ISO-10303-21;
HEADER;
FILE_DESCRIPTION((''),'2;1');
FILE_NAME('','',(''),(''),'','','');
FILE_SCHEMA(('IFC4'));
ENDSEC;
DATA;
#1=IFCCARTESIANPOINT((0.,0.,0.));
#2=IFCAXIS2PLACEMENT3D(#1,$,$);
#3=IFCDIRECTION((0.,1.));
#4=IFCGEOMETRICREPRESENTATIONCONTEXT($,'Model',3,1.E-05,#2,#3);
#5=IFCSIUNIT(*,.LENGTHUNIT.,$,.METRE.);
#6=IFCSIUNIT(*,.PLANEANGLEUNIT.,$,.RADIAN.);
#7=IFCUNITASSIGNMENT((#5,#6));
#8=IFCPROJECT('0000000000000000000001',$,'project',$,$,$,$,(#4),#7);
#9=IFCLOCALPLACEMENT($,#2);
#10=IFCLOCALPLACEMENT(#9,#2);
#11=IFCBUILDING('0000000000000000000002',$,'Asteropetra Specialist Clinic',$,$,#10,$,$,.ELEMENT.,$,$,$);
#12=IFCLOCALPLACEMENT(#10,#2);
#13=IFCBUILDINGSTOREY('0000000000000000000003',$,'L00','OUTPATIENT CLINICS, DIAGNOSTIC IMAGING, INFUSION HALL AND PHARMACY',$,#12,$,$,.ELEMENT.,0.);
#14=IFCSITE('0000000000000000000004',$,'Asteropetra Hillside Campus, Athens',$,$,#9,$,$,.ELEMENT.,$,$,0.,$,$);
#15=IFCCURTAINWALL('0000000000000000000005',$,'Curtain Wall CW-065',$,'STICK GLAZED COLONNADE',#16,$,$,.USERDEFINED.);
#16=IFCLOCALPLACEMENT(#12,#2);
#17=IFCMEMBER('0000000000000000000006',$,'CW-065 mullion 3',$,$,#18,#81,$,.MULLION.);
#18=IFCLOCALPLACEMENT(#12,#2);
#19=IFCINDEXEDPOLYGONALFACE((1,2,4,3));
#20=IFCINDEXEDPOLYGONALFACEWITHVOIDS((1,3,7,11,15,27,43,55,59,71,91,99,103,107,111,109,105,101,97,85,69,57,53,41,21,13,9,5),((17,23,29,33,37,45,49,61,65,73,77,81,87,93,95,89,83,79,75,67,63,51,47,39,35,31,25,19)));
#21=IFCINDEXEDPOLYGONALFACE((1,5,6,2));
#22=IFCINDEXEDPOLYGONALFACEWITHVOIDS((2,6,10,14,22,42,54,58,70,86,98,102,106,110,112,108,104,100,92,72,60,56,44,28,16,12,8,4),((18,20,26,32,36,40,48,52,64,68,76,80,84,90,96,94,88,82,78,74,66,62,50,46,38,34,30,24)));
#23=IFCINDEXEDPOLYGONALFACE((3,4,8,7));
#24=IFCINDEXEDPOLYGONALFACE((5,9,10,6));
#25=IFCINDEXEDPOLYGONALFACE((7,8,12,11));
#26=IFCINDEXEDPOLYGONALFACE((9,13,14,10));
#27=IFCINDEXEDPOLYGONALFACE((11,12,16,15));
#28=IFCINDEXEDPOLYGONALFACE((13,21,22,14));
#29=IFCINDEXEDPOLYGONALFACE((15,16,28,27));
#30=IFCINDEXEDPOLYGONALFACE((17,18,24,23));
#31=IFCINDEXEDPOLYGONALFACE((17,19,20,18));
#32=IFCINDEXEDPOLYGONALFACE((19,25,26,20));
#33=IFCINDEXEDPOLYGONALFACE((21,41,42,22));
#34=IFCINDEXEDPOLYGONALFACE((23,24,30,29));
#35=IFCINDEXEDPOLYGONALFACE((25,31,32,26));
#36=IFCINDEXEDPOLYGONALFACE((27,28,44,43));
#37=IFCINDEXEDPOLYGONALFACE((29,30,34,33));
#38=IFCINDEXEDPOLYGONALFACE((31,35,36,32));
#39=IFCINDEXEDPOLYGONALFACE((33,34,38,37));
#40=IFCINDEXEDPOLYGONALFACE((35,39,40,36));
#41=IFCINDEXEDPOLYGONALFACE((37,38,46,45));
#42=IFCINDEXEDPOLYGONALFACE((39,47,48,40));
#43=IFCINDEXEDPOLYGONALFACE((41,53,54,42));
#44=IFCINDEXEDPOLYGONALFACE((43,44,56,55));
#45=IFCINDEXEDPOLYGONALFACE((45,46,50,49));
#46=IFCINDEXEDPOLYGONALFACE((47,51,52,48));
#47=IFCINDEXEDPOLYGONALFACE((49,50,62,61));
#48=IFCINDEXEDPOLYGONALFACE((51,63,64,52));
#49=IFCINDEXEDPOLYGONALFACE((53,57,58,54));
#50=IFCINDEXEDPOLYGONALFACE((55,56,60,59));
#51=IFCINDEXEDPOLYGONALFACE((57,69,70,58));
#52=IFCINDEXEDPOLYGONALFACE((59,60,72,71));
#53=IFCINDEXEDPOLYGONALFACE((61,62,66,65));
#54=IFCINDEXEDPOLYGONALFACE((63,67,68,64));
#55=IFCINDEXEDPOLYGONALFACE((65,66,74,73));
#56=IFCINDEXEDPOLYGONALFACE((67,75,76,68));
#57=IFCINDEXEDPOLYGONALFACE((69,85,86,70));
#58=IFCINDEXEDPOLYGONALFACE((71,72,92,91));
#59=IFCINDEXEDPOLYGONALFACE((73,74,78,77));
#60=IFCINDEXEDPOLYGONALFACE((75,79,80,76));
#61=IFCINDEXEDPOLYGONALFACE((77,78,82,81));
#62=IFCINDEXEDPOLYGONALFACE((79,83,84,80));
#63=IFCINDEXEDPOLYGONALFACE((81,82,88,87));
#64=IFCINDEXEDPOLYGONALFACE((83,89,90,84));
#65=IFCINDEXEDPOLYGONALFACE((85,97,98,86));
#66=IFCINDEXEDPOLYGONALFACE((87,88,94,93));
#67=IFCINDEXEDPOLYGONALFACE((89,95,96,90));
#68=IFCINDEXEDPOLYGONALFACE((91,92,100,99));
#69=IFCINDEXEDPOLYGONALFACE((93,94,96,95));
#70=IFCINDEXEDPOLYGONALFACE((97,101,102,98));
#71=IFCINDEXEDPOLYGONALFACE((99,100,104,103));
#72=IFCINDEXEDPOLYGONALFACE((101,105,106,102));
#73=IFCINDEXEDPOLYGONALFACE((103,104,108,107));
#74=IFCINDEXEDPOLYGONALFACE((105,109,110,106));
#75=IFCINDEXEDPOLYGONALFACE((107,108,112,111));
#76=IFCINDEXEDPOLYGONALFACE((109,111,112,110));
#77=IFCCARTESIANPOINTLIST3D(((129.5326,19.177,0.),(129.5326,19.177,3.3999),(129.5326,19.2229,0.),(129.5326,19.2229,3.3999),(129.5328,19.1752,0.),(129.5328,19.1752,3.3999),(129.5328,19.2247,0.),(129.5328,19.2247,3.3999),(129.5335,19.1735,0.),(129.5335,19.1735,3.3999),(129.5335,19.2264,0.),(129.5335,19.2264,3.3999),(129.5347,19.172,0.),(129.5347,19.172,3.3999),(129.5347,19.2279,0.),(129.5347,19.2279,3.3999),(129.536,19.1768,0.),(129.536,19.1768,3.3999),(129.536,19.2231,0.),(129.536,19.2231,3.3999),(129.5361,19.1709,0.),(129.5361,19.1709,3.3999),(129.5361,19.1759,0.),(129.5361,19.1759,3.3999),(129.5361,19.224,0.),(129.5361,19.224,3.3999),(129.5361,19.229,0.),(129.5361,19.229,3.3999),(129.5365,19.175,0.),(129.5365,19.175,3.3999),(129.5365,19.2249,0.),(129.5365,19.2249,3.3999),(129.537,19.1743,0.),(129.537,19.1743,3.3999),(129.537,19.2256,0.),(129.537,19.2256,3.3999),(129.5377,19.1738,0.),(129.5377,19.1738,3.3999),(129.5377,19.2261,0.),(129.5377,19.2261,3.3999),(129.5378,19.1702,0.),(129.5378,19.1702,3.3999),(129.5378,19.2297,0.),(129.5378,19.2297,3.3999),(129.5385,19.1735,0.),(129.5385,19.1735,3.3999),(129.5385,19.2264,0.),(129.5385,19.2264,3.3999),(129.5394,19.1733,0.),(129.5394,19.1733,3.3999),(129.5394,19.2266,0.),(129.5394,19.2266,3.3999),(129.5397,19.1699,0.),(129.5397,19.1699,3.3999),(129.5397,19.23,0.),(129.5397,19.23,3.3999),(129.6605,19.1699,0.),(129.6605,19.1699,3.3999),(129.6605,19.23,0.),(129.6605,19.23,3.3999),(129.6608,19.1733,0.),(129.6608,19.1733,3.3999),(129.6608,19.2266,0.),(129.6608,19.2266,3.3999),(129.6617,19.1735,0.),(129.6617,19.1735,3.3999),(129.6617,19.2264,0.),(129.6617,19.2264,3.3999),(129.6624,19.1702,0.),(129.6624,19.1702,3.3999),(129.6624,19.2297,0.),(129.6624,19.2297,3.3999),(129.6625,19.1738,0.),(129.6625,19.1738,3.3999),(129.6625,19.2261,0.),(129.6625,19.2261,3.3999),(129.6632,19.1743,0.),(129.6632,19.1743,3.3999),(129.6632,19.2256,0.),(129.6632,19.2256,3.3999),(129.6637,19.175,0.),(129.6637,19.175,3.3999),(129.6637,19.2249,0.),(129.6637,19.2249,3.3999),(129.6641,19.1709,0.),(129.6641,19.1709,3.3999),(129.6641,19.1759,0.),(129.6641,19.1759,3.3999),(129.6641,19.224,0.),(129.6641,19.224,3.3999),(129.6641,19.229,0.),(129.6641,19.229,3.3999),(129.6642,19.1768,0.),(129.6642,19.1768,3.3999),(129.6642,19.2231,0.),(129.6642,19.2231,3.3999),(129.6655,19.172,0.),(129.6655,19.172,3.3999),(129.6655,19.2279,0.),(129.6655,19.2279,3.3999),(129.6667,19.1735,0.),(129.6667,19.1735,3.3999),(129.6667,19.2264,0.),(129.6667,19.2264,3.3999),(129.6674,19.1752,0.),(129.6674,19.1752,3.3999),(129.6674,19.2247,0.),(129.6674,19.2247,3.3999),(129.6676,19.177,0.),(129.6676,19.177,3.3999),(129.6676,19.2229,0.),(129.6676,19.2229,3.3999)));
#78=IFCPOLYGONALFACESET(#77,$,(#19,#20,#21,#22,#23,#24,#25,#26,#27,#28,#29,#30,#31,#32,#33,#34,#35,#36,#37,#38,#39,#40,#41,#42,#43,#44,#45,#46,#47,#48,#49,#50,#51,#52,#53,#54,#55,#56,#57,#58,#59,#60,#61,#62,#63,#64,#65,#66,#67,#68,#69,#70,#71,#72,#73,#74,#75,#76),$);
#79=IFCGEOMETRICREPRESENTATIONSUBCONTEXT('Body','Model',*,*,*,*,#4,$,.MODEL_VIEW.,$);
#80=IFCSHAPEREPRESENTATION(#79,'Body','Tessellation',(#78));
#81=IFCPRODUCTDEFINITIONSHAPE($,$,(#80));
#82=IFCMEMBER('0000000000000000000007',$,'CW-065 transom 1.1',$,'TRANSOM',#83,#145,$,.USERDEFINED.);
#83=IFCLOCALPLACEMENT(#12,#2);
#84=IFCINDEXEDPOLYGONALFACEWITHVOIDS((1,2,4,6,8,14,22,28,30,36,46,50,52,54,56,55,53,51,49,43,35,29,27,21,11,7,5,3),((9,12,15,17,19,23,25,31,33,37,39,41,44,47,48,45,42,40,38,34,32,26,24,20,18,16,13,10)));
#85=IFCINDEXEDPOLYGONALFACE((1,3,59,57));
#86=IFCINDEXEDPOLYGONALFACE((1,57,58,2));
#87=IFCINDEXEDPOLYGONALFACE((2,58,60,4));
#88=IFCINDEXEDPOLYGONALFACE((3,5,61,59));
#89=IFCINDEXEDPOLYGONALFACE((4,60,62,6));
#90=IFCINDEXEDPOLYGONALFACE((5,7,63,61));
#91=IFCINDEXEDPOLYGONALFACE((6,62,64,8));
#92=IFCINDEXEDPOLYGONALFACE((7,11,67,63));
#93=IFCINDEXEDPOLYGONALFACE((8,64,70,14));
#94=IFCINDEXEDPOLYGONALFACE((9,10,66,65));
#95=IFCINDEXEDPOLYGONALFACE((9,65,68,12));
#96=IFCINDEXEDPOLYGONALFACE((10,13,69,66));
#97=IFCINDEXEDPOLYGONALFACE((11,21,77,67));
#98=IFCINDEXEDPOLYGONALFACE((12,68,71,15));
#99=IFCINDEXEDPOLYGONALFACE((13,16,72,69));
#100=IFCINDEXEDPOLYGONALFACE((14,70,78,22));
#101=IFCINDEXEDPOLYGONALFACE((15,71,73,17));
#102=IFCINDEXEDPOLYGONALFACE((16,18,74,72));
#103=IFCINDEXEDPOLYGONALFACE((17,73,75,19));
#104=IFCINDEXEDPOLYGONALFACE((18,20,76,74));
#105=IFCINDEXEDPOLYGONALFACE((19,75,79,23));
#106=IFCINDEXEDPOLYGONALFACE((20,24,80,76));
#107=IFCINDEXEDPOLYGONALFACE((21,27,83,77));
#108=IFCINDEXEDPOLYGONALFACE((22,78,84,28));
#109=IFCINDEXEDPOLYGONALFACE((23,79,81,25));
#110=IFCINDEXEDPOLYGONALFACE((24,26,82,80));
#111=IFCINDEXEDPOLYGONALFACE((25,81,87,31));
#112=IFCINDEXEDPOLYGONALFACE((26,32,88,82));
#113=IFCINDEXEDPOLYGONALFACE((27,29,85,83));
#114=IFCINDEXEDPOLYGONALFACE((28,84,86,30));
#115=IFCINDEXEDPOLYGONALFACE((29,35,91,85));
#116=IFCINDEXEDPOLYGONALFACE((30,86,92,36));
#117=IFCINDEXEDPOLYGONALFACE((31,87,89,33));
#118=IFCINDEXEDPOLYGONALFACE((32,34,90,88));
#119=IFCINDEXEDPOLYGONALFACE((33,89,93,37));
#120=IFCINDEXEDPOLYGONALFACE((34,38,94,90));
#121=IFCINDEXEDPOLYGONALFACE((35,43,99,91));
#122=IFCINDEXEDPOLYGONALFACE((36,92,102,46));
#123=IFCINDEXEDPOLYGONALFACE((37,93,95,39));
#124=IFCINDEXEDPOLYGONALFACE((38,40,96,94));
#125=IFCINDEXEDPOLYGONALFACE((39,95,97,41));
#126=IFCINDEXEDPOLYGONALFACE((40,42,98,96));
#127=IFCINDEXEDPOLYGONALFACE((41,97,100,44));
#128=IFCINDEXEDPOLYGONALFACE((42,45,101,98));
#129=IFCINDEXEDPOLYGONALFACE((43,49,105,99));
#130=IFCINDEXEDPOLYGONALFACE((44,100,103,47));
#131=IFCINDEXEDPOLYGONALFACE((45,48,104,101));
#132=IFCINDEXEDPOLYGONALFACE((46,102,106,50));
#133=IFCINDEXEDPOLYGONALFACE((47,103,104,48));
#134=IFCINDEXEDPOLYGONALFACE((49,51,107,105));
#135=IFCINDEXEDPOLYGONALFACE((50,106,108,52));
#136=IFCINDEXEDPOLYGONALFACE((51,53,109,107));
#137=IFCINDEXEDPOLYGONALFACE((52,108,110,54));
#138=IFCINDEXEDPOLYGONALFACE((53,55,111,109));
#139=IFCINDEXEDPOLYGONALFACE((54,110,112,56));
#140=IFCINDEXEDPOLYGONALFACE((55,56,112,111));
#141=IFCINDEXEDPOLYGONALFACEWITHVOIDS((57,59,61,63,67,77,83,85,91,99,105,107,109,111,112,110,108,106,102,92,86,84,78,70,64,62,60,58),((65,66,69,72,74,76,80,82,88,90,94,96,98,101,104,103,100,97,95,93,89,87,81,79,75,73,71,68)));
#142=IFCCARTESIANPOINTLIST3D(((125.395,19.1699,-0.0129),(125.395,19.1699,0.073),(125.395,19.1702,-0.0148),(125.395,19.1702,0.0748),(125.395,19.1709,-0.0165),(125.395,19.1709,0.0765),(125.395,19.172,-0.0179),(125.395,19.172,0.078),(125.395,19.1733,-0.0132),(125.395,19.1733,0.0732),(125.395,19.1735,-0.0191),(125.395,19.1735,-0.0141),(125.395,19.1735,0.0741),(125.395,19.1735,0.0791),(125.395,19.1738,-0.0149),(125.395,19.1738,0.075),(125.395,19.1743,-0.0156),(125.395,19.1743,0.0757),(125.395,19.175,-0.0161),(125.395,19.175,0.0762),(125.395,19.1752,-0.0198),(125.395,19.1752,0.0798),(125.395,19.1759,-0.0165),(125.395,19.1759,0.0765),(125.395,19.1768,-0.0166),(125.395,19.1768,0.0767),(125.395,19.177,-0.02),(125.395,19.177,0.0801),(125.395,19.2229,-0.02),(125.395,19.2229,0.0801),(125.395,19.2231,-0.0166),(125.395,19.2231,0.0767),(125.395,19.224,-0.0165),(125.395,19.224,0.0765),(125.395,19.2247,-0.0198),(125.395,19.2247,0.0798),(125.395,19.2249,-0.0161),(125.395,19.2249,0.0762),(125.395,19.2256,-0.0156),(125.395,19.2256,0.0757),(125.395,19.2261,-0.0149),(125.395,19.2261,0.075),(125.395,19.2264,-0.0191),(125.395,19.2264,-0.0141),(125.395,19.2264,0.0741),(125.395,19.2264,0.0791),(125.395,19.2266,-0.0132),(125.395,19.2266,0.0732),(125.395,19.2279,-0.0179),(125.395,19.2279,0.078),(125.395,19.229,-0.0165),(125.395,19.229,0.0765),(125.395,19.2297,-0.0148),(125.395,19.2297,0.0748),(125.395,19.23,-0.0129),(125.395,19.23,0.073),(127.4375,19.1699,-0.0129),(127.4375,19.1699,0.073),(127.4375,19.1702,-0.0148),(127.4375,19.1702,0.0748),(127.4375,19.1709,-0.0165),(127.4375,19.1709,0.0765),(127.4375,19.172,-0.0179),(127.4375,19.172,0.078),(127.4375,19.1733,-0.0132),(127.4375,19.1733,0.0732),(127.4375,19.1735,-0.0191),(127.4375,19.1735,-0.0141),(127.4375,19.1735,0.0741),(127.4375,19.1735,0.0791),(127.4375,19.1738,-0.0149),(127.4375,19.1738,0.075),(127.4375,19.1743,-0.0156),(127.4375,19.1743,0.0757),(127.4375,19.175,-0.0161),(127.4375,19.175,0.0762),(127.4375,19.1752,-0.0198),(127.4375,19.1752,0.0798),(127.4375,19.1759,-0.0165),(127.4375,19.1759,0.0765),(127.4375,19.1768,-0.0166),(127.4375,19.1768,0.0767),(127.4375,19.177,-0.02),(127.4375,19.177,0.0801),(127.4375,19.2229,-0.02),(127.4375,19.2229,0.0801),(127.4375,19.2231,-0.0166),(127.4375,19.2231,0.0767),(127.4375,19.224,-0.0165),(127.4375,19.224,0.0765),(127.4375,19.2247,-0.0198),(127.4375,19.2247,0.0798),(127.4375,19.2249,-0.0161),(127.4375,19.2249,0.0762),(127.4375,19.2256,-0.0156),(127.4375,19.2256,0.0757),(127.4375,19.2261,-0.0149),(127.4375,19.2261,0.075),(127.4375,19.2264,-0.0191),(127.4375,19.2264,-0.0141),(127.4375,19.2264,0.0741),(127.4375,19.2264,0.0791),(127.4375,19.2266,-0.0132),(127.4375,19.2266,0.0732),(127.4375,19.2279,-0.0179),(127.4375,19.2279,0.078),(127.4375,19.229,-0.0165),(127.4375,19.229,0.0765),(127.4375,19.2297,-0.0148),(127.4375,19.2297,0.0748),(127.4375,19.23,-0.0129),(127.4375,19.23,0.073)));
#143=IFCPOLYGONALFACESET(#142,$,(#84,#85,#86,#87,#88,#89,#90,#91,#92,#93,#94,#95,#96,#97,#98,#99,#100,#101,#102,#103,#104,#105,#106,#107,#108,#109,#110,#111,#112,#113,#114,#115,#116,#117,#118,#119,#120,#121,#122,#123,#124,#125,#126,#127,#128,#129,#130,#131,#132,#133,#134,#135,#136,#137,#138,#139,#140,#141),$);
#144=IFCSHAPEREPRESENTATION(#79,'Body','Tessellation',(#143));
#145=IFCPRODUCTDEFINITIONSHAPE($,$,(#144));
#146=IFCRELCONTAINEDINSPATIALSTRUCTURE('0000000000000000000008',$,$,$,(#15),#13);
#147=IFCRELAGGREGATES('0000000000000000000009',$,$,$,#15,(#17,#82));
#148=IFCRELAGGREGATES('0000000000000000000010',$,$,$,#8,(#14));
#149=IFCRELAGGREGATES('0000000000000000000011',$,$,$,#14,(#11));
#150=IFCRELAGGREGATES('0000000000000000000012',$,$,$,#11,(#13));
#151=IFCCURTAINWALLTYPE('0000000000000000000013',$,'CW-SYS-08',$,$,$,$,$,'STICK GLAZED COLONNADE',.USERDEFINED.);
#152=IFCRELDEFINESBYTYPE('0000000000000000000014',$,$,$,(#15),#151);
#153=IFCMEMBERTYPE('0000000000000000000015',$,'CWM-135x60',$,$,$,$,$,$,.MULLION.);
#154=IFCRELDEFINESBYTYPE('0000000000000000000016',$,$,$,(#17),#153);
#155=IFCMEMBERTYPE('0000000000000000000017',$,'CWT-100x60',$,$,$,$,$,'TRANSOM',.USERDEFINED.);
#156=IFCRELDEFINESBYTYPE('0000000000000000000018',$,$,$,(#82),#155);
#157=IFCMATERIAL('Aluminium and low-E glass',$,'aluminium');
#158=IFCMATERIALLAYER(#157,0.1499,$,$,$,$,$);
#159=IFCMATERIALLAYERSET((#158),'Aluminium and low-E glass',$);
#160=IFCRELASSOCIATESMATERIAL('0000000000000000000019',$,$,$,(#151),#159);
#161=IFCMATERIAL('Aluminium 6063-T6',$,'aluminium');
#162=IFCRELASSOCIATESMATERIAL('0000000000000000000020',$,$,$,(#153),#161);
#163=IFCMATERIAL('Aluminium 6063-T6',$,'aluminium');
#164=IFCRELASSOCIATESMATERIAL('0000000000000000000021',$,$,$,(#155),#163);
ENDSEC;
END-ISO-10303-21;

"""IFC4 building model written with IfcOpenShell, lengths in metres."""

from ifc_helpers import new_model, si_unit, direction, frame, origin, origin_2d, place, context, subcontext, project, spatial, hollow_rectangle, extrude, material, layer, layer_set, material_profile, profile_set, type_object, element, aggregate, save


model = new_model("IFC4")

# Units and contexts
model_context = context("Model", 3, precision=1e-05, world=origin(), true_north=direction((0.0, 1.0)))
body_context = subcontext(model_context, "Body", "Model", "MODEL_VIEW")
ifc_project = project(units=[si_unit("LENGTHUNIT", "METRE"), si_unit("PLANEANGLEUNIT", "RADIAN")], contexts=[model_context])

# Site, building, storey
site_placement = place(None, origin())
site = spatial("IfcSite", under=ifc_project, at=site_placement, Name="Asteropetra Hillside Campus, Athens", CompositionType="ELEMENT", RefElevation=0.0)
building_placement = place(site_placement, origin())
building = spatial("IfcBuilding", under=site, at=building_placement, Name="Asteropetra Specialist Clinic", CompositionType="ELEMENT")
storey_placement = place(building_placement, origin())
storey = spatial("IfcBuildingStorey", under=building, at=storey_placement, Name="L00", Description="OUTPATIENT CLINICS, DIAGNOSTIC IMAGING, INFUSION HALL AND PHARMACY", CompositionType="ELEMENT", Elevation=0.0)

# Curtain wall, members
ifc_material_1 = material(Name="Aluminium and low-E glass", Category="aluminium")
ifc_layer_1 = layer(ifc_material_1, 0.1499)
ifc_layer_set_1 = layer_set([ifc_layer_1], Name="Aluminium and low-E glass")
curtain_wall_type = type_object("IfcCurtainWallType", Name="CW-SYS-08", ElementType="STICK GLAZED COLONNADE", PredefinedType="USERDEFINED", material=ifc_layer_set_1)
curtain_wall_placement = place(storey_placement, origin())
curtain_wall = element("IfcCurtainWall", 1, at=curtain_wall_placement, inside=storey, type_object=curtain_wall_type, Name="Curtain Wall CW-065", ObjectType="STICK GLAZED COLONNADE", PredefinedType="USERDEFINED")
ifc_material_2 = material(Name="Aluminium 6063-T6", Category="aluminium")
ifc_material_profile_1 = material_profile(ifc_material_2, hollow_rectangle(XDim=0.0601, YDim=0.135, WallThickness=0.0034, InnerFilletRadius=0.0034, OuterFilletRadius=0.0071, at=origin_2d()), Name="MUL 135x60x3.5")
ifc_profile_set_1 = profile_set([ifc_material_profile_1], Name="Aluminium 6063-T6")
member_type_1 = type_object("IfcMemberType", Name="CWM-135x60", PredefinedType="MULLION", material=ifc_profile_set_1)
member_1_placement = place(storey_placement, frame((129.6001, 19.2, 0.0), z_axis=(0.0, 0.0, 1.0), x_axis=(0.0, 1.0, 0.0)))
member_1 = element("IfcMember", 2, at=member_1_placement, type_object=member_type_1, Name="CW-065 mullion 3", PredefinedType="MULLION", context=body_context, shape_type="SweptSolid", body=[
    extrude(hollow_rectangle(XDim=0.0601, YDim=0.135, WallThickness=0.0034, InnerFilletRadius=0.0034, OuterFilletRadius=0.0071, at=origin_2d()), origin(), (0.0, 0.0, 1.0), 3.3999),
])
ifc_material_3 = material(Name="Aluminium 6063-T6", Category="aluminium")
ifc_material_profile_2 = material_profile(ifc_material_3, hollow_rectangle(XDim=0.0601, YDim=0.1001, WallThickness=0.0034, InnerFilletRadius=0.0034, OuterFilletRadius=0.0071, at=origin_2d()), Name="TRN 100x60x3.5")
ifc_profile_set_2 = profile_set([ifc_material_profile_2], Name="Aluminium 6063-T6")
member_type_2 = type_object("IfcMemberType", Name="CWT-100x60", ElementType="TRANSOM", PredefinedType="USERDEFINED", material=ifc_profile_set_2)
member_2_placement = place(storey_placement, frame((125.395, 19.2, 0.03), z_axis=(1.0, 0.0, 0.0), x_axis=(0.0, 1.0, 0.0)))
member_2 = element("IfcMember", 3, at=member_2_placement, type_object=member_type_2, Name="CW-065 transom 1.1", ObjectType="TRANSOM", PredefinedType="USERDEFINED", context=body_context, shape_type="SweptSolid", body=[
    extrude(hollow_rectangle(XDim=0.0601, YDim=0.1001, WallThickness=0.0034, InnerFilletRadius=0.0034, OuterFilletRadius=0.0071, at=origin_2d()), origin(), (0.0, 0.0, 1.0), 2.0425),
])
aggregate(curtain_wall, [member_1, member_2])

save(model, "model.ifc")
